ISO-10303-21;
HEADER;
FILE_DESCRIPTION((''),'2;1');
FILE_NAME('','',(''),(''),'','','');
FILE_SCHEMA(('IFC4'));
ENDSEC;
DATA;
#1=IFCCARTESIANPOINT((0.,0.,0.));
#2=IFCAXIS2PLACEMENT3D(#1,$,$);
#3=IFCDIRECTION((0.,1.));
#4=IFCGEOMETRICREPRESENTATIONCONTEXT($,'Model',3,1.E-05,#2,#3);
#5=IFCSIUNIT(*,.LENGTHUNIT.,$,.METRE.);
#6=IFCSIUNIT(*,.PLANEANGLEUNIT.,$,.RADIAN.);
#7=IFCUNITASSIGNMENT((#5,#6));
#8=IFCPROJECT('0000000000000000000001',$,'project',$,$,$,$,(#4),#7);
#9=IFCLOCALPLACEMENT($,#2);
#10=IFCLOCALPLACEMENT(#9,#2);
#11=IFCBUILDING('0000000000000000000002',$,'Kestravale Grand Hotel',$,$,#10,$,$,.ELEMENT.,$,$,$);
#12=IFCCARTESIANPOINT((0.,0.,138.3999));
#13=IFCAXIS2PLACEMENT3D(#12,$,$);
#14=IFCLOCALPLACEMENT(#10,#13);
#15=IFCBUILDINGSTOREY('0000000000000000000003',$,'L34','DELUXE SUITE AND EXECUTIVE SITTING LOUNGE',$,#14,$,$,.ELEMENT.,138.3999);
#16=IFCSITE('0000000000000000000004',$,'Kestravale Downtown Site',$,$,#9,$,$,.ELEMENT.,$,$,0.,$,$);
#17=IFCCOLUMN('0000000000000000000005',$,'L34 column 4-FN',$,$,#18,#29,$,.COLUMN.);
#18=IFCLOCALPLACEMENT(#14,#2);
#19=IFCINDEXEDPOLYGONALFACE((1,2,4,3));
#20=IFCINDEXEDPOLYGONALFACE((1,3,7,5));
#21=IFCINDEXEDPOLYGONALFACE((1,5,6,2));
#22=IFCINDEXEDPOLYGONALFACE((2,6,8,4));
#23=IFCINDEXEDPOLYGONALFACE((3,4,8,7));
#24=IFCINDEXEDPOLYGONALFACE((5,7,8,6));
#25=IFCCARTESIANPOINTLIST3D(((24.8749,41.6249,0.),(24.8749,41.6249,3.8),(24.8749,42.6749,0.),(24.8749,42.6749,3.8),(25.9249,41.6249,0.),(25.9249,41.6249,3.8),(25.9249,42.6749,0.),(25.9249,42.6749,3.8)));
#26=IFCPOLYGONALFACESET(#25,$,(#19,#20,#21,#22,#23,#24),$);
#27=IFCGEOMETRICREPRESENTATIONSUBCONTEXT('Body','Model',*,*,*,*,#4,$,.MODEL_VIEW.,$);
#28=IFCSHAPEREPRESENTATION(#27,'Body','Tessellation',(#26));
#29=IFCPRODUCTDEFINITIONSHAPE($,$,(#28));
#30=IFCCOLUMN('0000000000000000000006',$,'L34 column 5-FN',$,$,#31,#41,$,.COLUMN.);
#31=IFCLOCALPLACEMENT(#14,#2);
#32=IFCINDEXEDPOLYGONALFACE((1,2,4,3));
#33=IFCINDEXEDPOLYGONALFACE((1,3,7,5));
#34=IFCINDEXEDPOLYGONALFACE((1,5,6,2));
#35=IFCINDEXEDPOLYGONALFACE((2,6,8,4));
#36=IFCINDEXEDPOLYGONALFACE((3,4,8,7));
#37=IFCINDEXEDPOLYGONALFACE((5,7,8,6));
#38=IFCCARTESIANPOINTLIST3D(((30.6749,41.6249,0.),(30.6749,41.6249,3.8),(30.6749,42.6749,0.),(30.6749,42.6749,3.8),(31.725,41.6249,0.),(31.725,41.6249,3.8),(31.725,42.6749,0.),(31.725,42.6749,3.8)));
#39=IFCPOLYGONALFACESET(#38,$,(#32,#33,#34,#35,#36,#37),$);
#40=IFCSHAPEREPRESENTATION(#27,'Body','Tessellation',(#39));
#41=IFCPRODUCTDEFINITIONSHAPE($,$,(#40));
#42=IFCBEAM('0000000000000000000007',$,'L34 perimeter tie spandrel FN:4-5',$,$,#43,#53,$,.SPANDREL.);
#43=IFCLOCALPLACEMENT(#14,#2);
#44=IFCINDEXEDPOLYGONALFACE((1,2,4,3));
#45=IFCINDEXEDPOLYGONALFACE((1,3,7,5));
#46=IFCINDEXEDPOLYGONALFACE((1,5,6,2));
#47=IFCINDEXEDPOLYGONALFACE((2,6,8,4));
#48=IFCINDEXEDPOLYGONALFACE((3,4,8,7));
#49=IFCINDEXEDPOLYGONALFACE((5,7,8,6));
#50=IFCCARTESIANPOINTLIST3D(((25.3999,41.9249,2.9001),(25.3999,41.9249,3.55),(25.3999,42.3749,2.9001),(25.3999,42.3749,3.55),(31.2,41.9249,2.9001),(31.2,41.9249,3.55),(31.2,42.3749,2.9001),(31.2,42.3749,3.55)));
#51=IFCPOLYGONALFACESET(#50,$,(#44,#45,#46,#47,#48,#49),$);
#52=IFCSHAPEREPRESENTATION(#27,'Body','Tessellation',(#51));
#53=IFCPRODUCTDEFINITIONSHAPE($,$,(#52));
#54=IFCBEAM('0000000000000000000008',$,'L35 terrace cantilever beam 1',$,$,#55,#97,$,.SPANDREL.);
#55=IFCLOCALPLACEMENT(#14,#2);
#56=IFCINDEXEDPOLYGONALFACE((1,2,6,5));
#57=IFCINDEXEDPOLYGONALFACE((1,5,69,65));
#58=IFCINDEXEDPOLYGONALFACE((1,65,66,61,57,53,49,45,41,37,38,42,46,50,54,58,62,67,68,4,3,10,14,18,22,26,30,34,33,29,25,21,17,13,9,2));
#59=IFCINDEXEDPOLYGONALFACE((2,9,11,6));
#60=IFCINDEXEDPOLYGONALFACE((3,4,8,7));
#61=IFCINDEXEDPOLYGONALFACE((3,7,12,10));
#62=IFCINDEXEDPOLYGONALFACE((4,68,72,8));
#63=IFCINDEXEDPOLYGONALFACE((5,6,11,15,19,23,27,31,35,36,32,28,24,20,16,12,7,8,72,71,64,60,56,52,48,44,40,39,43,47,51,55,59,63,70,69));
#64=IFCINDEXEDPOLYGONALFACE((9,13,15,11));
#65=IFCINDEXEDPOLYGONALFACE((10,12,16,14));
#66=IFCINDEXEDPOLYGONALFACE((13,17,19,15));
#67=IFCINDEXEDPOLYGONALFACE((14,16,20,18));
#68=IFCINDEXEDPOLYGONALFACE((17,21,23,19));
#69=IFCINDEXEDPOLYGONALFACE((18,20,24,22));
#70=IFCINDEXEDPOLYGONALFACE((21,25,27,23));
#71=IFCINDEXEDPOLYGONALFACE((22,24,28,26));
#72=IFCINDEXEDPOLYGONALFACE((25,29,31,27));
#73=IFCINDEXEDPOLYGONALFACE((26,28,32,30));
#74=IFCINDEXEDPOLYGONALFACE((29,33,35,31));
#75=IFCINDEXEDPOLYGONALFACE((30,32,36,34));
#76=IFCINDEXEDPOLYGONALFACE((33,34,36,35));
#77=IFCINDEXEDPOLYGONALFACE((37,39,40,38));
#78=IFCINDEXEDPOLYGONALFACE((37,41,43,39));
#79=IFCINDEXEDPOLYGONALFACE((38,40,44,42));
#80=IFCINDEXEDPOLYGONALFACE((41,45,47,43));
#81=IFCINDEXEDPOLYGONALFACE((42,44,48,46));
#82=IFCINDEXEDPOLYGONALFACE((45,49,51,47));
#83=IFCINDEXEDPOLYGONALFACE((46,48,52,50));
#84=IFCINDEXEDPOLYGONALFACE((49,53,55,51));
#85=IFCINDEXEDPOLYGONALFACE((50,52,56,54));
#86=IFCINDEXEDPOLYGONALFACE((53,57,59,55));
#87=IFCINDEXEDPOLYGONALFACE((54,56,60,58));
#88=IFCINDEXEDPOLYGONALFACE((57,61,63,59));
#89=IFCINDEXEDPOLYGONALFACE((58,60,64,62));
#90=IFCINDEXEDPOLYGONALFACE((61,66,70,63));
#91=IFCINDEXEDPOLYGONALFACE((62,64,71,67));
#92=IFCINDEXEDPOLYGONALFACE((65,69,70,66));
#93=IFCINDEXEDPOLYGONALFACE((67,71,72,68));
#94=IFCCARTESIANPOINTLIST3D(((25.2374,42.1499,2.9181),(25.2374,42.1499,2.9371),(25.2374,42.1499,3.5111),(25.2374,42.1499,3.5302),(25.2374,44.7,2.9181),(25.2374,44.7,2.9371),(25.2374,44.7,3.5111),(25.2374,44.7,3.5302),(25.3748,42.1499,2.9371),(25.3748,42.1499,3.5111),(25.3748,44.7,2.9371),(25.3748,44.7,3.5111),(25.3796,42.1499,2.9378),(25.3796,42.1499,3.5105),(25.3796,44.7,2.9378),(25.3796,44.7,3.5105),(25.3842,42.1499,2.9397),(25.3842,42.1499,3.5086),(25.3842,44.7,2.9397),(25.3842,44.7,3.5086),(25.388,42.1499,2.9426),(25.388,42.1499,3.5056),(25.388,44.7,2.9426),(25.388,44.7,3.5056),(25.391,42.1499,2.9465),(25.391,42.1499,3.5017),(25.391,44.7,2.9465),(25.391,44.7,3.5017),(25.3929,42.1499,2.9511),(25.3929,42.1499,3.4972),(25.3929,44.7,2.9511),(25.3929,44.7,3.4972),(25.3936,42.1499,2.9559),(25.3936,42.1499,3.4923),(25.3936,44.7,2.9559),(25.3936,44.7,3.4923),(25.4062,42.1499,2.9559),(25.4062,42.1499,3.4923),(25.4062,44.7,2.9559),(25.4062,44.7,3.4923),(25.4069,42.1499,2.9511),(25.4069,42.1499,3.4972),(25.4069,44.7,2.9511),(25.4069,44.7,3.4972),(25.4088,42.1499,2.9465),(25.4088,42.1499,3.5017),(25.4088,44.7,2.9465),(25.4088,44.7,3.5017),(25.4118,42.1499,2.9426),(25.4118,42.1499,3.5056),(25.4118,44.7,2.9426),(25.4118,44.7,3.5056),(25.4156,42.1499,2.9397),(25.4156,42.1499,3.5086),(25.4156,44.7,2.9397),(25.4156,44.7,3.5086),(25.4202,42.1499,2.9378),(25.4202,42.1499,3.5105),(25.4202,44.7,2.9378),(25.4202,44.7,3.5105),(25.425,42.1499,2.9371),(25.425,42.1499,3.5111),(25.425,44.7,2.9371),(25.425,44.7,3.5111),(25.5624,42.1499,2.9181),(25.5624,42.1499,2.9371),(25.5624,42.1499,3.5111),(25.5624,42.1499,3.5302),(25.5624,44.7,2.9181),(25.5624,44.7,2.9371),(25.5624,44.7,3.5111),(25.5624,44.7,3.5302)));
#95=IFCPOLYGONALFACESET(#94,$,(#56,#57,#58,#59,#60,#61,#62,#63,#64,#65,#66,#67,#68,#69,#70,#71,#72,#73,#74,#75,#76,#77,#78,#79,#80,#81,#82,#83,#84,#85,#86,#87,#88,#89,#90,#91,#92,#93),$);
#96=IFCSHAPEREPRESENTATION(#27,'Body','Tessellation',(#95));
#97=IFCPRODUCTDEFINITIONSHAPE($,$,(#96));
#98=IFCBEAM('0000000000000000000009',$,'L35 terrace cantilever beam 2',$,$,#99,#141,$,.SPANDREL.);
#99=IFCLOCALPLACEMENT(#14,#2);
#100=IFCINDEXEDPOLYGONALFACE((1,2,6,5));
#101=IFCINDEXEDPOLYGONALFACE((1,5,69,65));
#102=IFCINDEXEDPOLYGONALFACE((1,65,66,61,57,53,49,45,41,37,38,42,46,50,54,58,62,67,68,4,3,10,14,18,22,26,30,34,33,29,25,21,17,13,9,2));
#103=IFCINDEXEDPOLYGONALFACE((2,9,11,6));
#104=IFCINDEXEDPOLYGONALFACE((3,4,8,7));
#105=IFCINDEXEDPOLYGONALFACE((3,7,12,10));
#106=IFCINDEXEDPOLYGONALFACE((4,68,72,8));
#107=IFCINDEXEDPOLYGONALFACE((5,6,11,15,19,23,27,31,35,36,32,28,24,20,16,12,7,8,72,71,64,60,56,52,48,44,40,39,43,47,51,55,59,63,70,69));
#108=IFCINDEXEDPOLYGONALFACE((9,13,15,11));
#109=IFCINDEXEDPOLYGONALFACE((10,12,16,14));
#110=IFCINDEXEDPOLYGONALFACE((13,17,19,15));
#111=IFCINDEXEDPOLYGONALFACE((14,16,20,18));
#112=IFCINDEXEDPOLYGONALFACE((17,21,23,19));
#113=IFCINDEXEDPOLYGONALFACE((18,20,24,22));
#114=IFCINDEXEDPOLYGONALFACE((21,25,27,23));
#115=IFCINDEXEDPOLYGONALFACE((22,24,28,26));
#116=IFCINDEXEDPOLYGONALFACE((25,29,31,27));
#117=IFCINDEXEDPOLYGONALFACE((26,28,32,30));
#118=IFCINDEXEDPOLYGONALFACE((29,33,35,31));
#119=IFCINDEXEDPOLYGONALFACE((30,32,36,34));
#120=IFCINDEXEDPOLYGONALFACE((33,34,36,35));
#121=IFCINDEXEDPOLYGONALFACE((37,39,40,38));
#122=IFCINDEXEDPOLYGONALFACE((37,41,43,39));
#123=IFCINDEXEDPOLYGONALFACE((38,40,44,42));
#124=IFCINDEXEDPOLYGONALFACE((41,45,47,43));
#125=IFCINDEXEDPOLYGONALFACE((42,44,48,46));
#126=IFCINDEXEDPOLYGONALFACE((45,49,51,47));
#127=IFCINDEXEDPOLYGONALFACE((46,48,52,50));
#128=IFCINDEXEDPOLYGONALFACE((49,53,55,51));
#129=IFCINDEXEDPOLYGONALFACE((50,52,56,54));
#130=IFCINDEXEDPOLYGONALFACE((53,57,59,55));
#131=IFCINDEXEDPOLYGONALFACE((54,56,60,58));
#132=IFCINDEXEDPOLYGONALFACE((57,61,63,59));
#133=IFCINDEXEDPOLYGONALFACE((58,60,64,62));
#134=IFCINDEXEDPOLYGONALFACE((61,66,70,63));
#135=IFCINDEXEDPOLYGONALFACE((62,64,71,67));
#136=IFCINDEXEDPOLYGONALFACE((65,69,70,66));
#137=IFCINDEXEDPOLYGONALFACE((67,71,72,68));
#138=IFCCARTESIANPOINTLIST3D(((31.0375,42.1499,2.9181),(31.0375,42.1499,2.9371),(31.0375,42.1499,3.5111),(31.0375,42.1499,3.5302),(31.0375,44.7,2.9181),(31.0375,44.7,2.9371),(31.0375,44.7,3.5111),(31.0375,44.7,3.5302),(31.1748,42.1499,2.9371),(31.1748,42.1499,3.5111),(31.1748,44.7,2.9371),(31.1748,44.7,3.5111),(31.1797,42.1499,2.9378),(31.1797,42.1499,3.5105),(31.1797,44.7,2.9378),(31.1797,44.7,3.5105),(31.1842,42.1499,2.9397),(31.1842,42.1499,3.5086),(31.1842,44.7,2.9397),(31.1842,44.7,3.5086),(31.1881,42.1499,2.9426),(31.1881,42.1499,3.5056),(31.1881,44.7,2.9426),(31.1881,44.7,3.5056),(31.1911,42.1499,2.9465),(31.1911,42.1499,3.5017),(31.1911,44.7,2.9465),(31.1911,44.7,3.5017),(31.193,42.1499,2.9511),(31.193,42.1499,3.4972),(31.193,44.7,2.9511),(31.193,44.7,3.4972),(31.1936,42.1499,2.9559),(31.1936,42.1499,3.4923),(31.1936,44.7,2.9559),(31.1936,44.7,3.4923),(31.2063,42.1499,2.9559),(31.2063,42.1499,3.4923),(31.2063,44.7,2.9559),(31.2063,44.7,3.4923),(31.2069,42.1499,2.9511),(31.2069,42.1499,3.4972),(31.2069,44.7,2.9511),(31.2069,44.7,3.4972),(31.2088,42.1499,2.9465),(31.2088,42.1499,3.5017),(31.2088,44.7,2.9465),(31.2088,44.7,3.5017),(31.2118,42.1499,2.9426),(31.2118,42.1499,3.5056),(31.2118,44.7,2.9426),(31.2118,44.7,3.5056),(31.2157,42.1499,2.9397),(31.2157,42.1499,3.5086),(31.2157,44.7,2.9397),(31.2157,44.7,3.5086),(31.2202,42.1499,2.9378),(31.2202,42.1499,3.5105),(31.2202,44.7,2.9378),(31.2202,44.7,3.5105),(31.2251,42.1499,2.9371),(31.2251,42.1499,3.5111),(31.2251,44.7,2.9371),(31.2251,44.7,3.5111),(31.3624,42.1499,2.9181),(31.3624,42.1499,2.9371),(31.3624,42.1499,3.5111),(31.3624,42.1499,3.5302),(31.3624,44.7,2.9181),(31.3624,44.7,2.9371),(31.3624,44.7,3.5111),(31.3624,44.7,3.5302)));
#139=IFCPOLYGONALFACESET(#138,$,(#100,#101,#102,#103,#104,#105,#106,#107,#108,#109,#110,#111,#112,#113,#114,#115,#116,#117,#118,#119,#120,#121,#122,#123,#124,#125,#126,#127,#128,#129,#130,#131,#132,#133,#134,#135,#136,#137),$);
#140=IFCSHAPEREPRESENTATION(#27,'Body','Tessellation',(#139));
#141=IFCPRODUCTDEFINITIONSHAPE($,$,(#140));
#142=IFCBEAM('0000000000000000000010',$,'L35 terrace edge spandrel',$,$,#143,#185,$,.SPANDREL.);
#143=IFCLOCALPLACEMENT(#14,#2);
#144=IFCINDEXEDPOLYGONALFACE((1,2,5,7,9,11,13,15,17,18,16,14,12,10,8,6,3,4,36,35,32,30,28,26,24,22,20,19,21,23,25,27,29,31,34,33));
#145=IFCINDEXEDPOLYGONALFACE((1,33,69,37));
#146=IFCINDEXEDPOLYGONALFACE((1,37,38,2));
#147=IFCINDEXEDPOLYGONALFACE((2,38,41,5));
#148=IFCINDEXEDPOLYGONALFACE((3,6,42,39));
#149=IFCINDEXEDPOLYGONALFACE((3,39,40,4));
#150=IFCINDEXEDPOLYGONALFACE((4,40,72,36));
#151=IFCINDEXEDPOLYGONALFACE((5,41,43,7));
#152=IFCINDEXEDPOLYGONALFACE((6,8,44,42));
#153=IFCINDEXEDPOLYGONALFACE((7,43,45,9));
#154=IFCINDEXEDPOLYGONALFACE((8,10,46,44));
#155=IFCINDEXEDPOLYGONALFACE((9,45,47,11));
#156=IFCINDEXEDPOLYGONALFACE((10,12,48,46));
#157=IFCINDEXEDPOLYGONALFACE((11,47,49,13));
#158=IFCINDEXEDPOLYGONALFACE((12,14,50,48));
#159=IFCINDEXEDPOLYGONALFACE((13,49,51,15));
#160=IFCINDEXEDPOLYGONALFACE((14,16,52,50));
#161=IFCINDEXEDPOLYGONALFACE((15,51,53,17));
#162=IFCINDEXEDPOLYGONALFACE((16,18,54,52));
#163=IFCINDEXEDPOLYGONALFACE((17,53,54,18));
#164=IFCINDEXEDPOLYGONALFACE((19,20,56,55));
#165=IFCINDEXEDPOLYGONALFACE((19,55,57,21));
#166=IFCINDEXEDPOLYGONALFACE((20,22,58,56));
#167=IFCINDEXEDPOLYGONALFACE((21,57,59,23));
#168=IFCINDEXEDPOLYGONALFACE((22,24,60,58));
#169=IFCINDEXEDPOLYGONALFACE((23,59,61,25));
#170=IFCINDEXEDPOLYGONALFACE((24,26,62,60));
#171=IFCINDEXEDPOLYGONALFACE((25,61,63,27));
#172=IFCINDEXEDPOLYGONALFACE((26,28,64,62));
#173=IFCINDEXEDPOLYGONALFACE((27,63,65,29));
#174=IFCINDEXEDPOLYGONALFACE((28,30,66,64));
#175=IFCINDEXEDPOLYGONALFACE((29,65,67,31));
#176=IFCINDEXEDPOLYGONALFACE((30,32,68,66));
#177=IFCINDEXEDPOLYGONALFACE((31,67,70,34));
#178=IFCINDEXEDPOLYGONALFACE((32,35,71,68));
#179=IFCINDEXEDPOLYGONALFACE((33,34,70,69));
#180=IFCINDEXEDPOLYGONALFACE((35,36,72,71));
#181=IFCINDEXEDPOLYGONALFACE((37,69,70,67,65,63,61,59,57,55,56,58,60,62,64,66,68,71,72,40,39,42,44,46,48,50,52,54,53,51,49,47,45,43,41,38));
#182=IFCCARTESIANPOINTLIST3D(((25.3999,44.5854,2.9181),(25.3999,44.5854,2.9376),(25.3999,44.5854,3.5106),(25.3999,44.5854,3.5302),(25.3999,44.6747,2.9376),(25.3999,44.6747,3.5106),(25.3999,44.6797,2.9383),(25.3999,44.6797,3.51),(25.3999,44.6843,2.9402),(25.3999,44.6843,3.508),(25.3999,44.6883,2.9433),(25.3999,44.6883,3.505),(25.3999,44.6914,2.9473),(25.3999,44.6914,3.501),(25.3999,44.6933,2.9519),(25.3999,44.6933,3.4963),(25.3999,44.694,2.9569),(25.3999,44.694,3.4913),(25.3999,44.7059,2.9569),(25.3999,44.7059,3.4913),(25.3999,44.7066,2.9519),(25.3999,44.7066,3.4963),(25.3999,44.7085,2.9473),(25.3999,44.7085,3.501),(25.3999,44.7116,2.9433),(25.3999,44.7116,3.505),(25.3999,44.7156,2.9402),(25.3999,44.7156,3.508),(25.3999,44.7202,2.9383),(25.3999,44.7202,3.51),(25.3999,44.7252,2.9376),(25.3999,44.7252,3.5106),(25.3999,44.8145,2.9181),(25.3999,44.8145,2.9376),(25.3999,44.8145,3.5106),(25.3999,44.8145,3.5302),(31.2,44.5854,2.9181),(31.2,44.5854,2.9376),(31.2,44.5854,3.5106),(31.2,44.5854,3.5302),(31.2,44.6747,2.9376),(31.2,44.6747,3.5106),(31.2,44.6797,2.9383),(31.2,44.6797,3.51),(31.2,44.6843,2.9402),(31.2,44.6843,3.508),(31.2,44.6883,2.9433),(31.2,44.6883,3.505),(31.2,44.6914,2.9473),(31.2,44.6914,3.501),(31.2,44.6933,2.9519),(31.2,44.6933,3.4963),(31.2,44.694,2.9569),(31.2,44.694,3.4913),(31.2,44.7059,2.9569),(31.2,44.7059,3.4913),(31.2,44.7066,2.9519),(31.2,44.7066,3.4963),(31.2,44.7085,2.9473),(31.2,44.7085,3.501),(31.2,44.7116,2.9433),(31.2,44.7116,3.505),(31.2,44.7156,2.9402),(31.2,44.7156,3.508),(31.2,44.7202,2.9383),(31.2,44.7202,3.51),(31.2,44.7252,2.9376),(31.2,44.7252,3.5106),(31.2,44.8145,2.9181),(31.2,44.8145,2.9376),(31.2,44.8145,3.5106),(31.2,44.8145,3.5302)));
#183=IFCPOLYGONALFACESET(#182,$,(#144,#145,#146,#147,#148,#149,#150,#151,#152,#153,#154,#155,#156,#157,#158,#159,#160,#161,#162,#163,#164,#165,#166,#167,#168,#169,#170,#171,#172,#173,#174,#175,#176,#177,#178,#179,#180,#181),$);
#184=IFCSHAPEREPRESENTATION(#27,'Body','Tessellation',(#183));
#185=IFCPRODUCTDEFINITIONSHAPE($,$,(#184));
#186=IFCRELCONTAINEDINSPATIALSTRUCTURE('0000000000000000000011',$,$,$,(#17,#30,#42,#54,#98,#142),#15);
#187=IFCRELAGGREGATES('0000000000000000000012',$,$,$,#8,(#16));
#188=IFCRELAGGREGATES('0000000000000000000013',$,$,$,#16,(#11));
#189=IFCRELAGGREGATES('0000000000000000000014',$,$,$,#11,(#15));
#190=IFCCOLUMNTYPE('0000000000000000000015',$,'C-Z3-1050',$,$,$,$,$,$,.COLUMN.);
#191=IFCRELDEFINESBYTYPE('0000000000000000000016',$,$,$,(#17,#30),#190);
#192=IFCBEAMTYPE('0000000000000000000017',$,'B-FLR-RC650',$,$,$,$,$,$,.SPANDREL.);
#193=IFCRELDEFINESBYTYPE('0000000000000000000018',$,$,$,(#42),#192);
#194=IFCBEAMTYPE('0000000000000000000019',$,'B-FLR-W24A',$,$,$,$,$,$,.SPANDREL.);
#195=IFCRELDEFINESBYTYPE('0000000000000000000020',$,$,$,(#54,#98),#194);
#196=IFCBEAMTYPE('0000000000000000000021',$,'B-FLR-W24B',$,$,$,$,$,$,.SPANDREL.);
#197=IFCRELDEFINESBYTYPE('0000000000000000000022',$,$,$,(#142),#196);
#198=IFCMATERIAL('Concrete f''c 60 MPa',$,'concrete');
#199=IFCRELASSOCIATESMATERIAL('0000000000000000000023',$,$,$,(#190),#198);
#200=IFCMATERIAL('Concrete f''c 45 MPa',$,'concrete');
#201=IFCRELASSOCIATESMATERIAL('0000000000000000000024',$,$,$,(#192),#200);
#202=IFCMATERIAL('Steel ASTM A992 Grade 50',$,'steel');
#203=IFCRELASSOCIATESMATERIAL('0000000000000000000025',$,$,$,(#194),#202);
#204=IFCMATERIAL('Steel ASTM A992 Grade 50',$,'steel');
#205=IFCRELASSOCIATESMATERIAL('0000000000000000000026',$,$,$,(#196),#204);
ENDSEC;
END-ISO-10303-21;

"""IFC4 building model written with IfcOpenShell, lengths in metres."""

from ifc_helpers import new_model, si_unit, direction, frame, origin, origin_2d, place, context, subcontext, project, spatial, rectangle, i_section, extrude, material, material_profile, profile_set, type_object, element, save


model = new_model("IFC4")

# Units and contexts
model_context = context("Model", 3, precision=1e-05, world=origin(), true_north=direction((0.0, 1.0)))
body_context = subcontext(model_context, "Body", "Model", "MODEL_VIEW")
ifc_project = project(units=[si_unit("LENGTHUNIT", "METRE"), si_unit("PLANEANGLEUNIT", "RADIAN")], contexts=[model_context])

# Site, building, storey
site_placement = place(None, origin())
site = spatial("IfcSite", under=ifc_project, at=site_placement, Name="Kestravale Downtown Site", CompositionType="ELEMENT", RefElevation=0.0)
building_placement = place(site_placement, origin())
building = spatial("IfcBuilding", under=site, at=building_placement, Name="Kestravale Grand Hotel", CompositionType="ELEMENT")
storey_placement = place(building_placement, frame((0.0, 0.0, 138.3999)))
storey = spatial("IfcBuildingStorey", under=building, at=storey_placement, Name="L34", Description="DELUXE SUITE AND EXECUTIVE SITTING LOUNGE", CompositionType="ELEMENT", Elevation=138.3999)

# Columns
ifc_material_1 = material(Name="Concrete f'c 60 MPa", Category="concrete")
ifc_material_profile_1 = material_profile(ifc_material_1, rectangle(XDim=1.05, YDim=1.05, at=origin_2d()))
ifc_profile_set_1 = profile_set([ifc_material_profile_1], Name="Concrete f'c 60 MPa")
column_type = type_object("IfcColumnType", Name="C-Z3-1050", PredefinedType="COLUMN", material=ifc_profile_set_1)
for number, where, z_axis, x_axis, name in (
    (1, (25.3999, 42.1499, 0.0), (0.0, 0.0, 1.0), (1.0, 0.0, 0.0), "L34 column 4-FN"),
    (2, (31.2, 42.1499, 0.0), (0.0, 0.0, 1.0), (1.0, 0.0, 0.0), "L34 column 5-FN"),
):
    element("IfcColumn", number, at=place(storey_placement, frame(where, z_axis=z_axis, x_axis=x_axis)), inside=storey, type_object=column_type, Name=name, PredefinedType="COLUMN", context=body_context, shape_type="SweptSolid", body=[
        extrude(rectangle(XDim=1.05, YDim=1.05, at=origin_2d()), origin(), (0.0, 0.0, 1.0), 3.8),
    ])

# Beams
ifc_material_2 = material(Name="Concrete f'c 45 MPa", Category="concrete")
ifc_material_profile_2 = material_profile(ifc_material_2, rectangle(XDim=0.45, YDim=0.6499, at=origin_2d()))
ifc_profile_set_2 = profile_set([ifc_material_profile_2], Name="Concrete f'c 45 MPa")
beam_type_1 = type_object("IfcBeamType", Name="B-FLR-RC650", PredefinedType="SPANDREL", material=ifc_profile_set_2)
beam_1_placement = place(storey_placement, frame((25.3999, 42.1499, 3.2251), z_axis=(1.0, 0.0, 0.0), x_axis=(0.0, 1.0, 0.0)))
element("IfcBeam", 3, at=beam_1_placement, inside=storey, type_object=beam_type_1, Name="L34 perimeter tie spandrel FN:4-5", PredefinedType="SPANDREL", context=body_context, shape_type="SweptSolid", body=[
    extrude(rectangle(XDim=0.45, YDim=0.6499, at=origin_2d()), origin(), (0.0, 0.0, 1.0), 5.8),
])
ifc_material_3 = material(Name="Steel ASTM A992 Grade 50", Category="steel")
ifc_material_profile_3 = material_profile(ifc_material_3, i_section(OverallWidth=0.325, OverallDepth=0.6121, WebThickness=0.0127, FlangeThickness=0.019, FilletRadius=0.0188, at=origin_2d()))
ifc_profile_set_3 = profile_set([ifc_material_profile_3], Name="Steel ASTM A992 Grade 50")
beam_type_2 = type_object("IfcBeamType", Name="B-FLR-W24A", PredefinedType="SPANDREL", material=ifc_profile_set_3)
for number, where, z_axis, x_axis, name in (
    (4, (25.3999, 42.1499, 3.2241), (0.0, 1.0, 0.0), (-1.0, 0.0, 0.0), "L35 terrace cantilever beam 1"),
    (5, (31.2, 42.1499, 3.2241), (0.0, 1.0, 0.0), (-1.0, 0.0, 0.0), "L35 terrace cantilever beam 2"),
):
    element("IfcBeam", number, at=place(storey_placement, frame(where, z_axis=z_axis, x_axis=x_axis)), inside=storey, type_object=beam_type_2, Name=name, PredefinedType="SPANDREL", context=body_context, shape_type="SweptSolid", body=[
        extrude(i_section(OverallWidth=0.325, OverallDepth=0.6121, WebThickness=0.0127, FlangeThickness=0.019, FilletRadius=0.0188, at=origin_2d()), origin(), (0.0, 0.0, 1.0), 2.55),
    ])
ifc_material_4 = material(Name="Steel ASTM A992 Grade 50", Category="steel")
ifc_material_profile_4 = material_profile(ifc_material_4, i_section(OverallWidth=0.229, OverallDepth=0.6121, WebThickness=0.012, FlangeThickness=0.0195, FilletRadius=0.0193, at=origin_2d()))
ifc_profile_set_4 = profile_set([ifc_material_profile_4], Name="Steel ASTM A992 Grade 50")
beam_type_3 = type_object("IfcBeamType", Name="B-FLR-W24B", PredefinedType="SPANDREL", material=ifc_profile_set_4)
beam_2_placement = place(storey_placement, frame((25.3999, 44.7, 3.2241), z_axis=(1.0, 0.0, 0.0), x_axis=(0.0, 1.0, 0.0)))
element("IfcBeam", 6, at=beam_2_placement, inside=storey, type_object=beam_type_3, Name="L35 terrace edge spandrel", PredefinedType="SPANDREL", context=body_context, shape_type="SweptSolid", body=[
    extrude(i_section(OverallWidth=0.229, OverallDepth=0.6121, WebThickness=0.012, FlangeThickness=0.0195, FilletRadius=0.0193, at=origin_2d()), origin(), (0.0, 0.0, 1.0), 5.8),
])

save(model, "model.ifc")
